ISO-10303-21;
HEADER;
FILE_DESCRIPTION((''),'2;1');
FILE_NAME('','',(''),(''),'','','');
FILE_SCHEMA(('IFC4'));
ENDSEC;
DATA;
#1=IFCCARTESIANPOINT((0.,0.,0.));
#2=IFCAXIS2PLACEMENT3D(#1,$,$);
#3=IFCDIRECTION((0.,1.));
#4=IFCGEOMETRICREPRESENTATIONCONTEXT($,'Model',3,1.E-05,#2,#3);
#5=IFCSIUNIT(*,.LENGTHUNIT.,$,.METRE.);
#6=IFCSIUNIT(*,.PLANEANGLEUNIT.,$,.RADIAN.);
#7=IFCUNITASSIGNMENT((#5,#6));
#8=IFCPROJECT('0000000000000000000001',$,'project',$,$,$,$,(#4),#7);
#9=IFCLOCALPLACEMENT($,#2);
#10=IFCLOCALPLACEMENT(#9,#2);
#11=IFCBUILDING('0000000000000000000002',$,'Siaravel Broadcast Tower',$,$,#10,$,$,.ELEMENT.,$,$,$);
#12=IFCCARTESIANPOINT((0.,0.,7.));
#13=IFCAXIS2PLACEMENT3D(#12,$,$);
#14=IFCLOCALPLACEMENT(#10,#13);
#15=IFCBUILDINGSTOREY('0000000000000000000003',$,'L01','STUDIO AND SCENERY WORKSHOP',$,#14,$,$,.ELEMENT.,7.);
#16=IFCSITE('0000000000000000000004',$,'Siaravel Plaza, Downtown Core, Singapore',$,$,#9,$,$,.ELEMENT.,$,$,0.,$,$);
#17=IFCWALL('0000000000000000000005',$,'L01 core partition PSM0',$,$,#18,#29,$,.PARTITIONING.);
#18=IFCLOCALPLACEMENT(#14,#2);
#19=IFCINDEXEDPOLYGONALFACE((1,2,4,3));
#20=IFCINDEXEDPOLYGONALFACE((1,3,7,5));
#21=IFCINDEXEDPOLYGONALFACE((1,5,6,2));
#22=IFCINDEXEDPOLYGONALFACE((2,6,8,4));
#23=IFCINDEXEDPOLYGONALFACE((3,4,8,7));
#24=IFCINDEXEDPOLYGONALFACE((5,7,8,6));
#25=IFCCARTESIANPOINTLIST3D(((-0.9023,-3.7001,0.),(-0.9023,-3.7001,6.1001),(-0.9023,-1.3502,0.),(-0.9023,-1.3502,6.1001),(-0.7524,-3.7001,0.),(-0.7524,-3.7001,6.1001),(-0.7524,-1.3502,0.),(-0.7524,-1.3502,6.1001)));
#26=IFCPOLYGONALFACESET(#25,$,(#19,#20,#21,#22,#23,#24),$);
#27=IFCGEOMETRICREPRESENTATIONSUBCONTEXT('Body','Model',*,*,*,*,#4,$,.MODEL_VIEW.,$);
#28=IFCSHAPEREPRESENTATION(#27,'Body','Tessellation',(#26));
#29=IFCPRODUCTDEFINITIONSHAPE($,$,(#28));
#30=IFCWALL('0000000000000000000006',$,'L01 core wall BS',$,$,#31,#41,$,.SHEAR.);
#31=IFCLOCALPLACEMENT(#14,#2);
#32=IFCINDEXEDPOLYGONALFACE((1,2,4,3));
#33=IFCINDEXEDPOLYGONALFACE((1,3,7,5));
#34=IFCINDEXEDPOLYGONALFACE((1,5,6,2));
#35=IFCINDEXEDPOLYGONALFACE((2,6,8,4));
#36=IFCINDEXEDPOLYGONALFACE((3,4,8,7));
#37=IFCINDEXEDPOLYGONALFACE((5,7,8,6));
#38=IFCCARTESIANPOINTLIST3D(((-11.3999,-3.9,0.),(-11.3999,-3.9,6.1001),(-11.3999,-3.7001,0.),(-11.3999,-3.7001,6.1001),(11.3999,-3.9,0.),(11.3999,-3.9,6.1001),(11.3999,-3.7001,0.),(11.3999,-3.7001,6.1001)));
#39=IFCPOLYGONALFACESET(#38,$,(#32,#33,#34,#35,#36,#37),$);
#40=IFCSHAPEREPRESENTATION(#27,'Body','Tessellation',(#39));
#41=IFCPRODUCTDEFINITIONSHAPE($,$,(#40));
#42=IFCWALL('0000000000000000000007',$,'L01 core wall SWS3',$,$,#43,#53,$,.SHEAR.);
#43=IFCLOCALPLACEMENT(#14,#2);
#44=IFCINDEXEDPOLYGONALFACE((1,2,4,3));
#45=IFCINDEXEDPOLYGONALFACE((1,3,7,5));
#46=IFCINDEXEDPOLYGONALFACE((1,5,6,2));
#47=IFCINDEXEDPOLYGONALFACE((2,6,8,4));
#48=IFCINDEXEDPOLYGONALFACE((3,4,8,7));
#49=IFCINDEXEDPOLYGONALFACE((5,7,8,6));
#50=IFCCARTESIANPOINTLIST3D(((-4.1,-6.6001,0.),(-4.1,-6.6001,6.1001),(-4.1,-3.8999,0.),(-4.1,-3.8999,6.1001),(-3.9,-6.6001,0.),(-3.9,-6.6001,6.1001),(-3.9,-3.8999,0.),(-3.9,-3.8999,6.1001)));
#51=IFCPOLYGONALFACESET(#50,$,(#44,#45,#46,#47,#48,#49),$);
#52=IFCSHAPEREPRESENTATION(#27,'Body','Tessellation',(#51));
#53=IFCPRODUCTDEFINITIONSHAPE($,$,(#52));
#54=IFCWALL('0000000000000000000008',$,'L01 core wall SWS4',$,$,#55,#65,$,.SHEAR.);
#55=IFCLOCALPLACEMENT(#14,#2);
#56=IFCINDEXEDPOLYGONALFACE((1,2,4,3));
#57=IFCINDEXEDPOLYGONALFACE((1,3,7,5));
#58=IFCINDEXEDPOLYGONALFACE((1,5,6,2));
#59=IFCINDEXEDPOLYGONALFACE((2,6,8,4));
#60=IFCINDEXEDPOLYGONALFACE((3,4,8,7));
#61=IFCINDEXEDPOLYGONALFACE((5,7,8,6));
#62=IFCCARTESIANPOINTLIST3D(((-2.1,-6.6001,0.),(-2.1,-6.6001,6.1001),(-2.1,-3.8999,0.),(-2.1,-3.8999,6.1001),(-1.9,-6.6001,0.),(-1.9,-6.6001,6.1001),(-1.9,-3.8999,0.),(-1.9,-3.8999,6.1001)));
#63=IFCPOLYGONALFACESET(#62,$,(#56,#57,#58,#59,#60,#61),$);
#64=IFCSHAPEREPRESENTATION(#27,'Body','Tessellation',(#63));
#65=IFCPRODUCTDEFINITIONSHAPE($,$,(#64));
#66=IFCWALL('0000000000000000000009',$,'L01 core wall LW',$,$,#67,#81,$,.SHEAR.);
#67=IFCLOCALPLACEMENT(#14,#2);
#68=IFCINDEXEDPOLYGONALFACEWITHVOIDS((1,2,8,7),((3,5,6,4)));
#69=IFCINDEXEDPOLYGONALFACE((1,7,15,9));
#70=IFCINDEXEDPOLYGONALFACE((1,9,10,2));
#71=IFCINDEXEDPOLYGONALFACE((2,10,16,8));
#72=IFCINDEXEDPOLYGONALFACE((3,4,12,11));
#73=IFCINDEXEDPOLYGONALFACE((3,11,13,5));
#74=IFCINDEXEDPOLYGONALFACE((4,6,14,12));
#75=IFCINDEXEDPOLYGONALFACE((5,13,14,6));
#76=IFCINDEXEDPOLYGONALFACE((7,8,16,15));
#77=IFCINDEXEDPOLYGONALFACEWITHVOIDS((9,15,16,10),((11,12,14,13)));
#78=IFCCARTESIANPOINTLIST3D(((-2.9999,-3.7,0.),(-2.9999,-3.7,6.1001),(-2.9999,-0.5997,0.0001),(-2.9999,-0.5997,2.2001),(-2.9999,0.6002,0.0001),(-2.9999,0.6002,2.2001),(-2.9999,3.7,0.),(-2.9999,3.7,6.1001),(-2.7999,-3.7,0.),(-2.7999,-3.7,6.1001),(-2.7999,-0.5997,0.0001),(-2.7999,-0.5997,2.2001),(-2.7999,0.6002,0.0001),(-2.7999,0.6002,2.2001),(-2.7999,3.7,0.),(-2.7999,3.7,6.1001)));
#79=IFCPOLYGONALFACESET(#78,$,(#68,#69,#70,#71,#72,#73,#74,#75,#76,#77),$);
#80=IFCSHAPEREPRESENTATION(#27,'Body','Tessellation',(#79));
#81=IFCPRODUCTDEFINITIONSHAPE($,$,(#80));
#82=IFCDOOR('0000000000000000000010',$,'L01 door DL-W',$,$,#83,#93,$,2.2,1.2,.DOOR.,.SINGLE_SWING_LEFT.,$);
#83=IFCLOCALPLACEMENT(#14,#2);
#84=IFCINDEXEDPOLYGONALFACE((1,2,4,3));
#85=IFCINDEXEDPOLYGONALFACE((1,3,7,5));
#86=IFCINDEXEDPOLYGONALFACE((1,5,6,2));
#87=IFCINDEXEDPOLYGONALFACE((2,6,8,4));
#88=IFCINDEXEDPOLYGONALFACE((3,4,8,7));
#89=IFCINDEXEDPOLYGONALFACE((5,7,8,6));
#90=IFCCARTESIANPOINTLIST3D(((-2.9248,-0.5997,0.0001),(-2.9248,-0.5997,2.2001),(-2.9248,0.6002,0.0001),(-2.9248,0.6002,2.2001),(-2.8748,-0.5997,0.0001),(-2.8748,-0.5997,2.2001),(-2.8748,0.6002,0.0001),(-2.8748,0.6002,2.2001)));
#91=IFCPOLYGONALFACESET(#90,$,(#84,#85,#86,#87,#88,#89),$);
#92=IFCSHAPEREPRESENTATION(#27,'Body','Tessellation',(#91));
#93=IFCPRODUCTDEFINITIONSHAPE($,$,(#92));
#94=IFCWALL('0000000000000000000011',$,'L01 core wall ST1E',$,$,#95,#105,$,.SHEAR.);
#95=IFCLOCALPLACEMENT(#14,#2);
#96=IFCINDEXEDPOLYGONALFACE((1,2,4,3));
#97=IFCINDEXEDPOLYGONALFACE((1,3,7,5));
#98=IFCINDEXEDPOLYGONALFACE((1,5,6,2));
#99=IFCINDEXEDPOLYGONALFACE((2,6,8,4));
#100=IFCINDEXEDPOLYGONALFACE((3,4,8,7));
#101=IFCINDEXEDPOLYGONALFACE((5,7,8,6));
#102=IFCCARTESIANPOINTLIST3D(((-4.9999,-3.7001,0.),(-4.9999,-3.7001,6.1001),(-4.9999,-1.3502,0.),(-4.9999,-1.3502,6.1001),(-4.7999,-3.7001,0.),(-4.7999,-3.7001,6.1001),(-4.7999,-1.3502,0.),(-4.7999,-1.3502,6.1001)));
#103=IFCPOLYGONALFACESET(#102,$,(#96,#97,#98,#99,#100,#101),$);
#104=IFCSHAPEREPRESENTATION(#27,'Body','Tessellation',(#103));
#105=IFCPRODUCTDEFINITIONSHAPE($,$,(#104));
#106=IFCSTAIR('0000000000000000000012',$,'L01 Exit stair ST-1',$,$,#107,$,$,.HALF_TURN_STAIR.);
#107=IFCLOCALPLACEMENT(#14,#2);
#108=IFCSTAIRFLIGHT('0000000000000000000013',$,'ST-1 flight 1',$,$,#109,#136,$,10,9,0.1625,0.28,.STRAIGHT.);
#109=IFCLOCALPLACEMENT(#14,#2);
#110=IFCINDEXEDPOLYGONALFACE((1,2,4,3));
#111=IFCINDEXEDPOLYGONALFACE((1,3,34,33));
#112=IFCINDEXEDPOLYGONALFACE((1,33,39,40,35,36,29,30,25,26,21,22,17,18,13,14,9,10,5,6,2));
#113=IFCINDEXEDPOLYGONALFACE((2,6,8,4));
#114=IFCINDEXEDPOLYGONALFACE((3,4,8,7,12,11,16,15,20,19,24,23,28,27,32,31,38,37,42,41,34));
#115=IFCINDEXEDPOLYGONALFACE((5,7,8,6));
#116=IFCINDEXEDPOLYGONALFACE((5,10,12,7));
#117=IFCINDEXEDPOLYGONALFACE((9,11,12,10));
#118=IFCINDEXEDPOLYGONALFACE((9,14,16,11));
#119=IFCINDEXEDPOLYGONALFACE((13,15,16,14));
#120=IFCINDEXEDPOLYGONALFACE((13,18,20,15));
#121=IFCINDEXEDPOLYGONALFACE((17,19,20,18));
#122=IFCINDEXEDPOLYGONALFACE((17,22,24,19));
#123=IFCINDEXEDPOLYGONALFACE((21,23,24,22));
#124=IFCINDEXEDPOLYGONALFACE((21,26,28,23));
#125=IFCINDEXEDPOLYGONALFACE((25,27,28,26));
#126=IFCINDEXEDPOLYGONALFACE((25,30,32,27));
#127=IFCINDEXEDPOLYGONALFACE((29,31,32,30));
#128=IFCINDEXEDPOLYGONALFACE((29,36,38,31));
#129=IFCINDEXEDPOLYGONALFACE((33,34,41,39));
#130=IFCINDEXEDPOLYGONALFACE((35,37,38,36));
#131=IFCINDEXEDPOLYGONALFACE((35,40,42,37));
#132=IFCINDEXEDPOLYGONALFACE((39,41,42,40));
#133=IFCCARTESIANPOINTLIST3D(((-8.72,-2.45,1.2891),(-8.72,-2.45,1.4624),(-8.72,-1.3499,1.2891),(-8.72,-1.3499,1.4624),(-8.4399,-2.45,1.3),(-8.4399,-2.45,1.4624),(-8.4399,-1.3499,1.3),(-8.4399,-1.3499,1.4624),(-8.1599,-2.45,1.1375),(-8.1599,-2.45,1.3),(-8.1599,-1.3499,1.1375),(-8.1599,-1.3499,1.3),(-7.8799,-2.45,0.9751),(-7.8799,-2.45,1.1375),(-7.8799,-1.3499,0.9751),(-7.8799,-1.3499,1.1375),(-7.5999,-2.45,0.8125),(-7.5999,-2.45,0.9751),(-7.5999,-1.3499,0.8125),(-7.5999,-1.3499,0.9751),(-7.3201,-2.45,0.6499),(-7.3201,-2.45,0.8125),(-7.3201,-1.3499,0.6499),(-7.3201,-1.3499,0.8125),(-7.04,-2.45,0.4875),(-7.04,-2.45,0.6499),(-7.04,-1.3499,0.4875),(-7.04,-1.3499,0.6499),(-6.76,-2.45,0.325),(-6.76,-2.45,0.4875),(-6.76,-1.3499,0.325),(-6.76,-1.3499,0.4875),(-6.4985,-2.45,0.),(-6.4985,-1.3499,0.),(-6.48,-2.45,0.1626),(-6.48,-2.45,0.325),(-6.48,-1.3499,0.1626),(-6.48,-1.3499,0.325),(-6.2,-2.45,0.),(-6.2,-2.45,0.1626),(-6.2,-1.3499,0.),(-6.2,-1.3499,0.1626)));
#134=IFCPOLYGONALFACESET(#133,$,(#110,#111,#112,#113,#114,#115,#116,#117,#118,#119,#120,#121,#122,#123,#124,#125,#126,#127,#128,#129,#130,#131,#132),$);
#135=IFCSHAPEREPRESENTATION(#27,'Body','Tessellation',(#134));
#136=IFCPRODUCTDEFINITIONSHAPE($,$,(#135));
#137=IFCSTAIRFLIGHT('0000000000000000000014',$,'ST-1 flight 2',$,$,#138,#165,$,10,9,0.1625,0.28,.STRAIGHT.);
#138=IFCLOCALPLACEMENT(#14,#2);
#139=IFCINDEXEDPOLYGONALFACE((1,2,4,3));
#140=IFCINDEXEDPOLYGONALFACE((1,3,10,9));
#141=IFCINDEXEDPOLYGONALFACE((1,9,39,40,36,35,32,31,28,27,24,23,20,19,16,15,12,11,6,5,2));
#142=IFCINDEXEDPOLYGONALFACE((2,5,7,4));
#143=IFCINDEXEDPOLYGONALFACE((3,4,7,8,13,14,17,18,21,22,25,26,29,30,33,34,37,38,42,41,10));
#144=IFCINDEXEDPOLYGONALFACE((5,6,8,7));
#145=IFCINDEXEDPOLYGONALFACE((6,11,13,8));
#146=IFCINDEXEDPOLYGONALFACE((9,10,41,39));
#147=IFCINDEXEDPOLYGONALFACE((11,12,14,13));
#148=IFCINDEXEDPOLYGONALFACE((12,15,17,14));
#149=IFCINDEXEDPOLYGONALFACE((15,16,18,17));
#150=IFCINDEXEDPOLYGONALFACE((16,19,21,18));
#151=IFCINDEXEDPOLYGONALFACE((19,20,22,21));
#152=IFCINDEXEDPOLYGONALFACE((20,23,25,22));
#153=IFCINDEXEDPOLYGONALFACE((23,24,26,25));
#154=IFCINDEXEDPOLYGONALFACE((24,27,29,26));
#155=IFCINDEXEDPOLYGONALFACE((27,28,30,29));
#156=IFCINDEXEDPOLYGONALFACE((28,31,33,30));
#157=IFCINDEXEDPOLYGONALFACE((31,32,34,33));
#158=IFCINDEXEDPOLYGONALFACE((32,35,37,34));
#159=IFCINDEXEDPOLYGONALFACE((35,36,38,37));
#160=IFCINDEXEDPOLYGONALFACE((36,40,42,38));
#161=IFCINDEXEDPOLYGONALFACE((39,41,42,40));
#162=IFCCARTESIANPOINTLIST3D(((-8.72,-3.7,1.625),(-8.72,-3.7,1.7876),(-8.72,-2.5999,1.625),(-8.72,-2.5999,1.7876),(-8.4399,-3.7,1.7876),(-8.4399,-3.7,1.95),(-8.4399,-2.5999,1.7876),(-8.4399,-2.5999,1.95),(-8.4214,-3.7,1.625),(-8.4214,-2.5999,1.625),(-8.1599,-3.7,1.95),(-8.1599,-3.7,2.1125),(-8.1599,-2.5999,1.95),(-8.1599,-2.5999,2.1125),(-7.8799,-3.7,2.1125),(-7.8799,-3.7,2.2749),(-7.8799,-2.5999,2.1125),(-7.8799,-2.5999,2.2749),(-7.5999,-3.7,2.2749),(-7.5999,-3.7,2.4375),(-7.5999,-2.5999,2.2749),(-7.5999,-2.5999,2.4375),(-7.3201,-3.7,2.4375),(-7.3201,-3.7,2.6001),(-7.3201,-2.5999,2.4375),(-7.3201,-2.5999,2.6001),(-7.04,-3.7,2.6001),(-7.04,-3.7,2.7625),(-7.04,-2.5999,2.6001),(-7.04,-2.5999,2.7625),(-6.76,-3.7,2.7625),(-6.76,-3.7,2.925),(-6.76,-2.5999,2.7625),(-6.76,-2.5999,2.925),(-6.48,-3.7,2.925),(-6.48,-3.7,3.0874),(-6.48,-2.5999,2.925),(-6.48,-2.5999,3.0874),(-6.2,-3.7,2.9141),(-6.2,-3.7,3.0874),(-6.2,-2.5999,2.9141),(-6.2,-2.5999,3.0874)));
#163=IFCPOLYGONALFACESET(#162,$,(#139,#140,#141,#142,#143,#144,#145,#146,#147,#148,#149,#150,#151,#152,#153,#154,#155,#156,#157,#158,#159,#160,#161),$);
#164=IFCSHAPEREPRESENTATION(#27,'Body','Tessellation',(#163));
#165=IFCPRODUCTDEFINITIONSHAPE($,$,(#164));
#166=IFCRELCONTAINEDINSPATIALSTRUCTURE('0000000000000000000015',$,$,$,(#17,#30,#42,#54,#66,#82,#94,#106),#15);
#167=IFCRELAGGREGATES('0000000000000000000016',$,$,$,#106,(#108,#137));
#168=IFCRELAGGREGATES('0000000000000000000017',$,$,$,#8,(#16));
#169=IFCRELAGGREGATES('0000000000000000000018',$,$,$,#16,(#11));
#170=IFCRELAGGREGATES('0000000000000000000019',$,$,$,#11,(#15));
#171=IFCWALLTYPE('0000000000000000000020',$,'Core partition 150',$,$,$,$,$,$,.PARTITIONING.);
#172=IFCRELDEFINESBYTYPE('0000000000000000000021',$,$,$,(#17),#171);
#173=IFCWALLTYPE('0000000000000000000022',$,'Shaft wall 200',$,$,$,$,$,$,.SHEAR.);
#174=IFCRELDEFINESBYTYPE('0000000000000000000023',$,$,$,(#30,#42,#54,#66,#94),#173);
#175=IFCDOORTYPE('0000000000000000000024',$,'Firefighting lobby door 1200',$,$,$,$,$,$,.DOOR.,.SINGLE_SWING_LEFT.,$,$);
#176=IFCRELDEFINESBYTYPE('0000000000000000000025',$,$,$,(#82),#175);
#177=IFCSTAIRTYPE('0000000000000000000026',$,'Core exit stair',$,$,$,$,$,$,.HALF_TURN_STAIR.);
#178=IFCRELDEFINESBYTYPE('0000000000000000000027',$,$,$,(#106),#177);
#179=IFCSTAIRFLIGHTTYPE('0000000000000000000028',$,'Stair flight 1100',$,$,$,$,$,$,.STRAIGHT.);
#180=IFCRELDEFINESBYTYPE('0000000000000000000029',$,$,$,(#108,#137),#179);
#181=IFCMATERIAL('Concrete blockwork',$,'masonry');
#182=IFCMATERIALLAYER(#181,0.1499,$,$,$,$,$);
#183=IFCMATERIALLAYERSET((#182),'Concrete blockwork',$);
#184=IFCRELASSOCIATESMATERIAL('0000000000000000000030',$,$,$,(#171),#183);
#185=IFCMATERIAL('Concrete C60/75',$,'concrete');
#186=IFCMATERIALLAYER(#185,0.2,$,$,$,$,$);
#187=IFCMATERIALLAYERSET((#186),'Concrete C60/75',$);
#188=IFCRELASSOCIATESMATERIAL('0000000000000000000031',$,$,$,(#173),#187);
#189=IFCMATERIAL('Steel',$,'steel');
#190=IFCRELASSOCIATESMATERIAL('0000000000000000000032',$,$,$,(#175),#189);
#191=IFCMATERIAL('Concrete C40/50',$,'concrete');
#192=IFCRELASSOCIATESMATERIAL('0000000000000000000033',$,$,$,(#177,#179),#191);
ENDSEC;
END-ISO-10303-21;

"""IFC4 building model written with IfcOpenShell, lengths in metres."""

from ifc_helpers import new_model, si_unit, direction, frame, frame_2d, origin, place, context, subcontext, project, spatial, polyline, rectangle, outline, extrude, material, layer, layer_set, type_object, element, fill, aggregate, save


model = new_model("IFC4")

# Units and contexts
model_context = context("Model", 3, precision=1e-05, world=origin(), true_north=direction((0.0, 1.0)))
body_context = subcontext(model_context, "Body", "Model", "MODEL_VIEW")
ifc_project = project(units=[si_unit("LENGTHUNIT", "METRE"), si_unit("PLANEANGLEUNIT", "RADIAN")], contexts=[model_context])

# Site, building, storey
site_placement = place(None, origin())
site = spatial("IfcSite", under=ifc_project, at=site_placement, Name="Siaravel Plaza, Downtown Core, Singapore", CompositionType="ELEMENT", RefElevation=0.0)
building_placement = place(site_placement, origin())
building = spatial("IfcBuilding", under=site, at=building_placement, Name="Siaravel Broadcast Tower", CompositionType="ELEMENT")
storey_placement = place(building_placement, frame((0.0, 0.0, 7.0)))
storey = spatial("IfcBuildingStorey", under=building, at=storey_placement, Name="L01", Description="STUDIO AND SCENERY WORKSHOP", CompositionType="ELEMENT", Elevation=7.0)

# Walls
ifc_material_1 = material(Name="Concrete blockwork", Category="masonry")
ifc_layer_1 = layer(ifc_material_1, 0.1499)
ifc_layer_set_1 = layer_set([ifc_layer_1], Name="Concrete blockwork")
wall_type_1 = type_object("IfcWallType", Name="Core partition 150", PredefinedType="PARTITIONING", material=ifc_layer_set_1)
wall_1_placement = place(storey_placement, frame((-0.8274, -3.7, 0.0), z_axis=(0.0, 0.0, 1.0), x_axis=(0.0, 1.0, 0.0)))
element("IfcWall", 1, at=wall_1_placement, inside=storey, type_object=wall_type_1, Name="L01 core partition PSM0", PredefinedType="PARTITIONING", context=body_context, shape_type="SweptSolid", body=[
    extrude(rectangle(XDim=2.3499, YDim=0.1499, at=frame_2d((1.1748, 0.0))), origin(), (0.0, 0.0, 1.0), 6.1001),
])
ifc_material_2 = material(Name="Concrete C60/75", Category="concrete")
ifc_layer_2 = layer(ifc_material_2, 0.2)
ifc_layer_set_2 = layer_set([ifc_layer_2], Name="Concrete C60/75")
wall_type_2 = type_object("IfcWallType", Name="Shaft wall 200", PredefinedType="SHEAR", material=ifc_layer_set_2)
wall_2_placement = place(storey_placement, frame((-11.3999, -3.8, 0.0), z_axis=(0.0, 0.0, 1.0), x_axis=(1.0, 0.0, 0.0)))
element("IfcWall", 2, at=wall_2_placement, inside=storey, type_object=wall_type_2, Name="L01 core wall BS", PredefinedType="SHEAR", context=body_context, shape_type="SweptSolid", body=[
    extrude(rectangle(XDim=22.7998, YDim=0.2, at=frame_2d((11.3999, 0.0))), origin(), (0.0, 0.0, 1.0), 6.1001),
])
for number, where, z_axis, x_axis, name in (
    (3, (-4.0, -6.6001, 0.0), (0.0, 0.0, 1.0), (0.0, 1.0, 0.0), "L01 core wall SWS3"),
    (4, (-2.0, -6.6001, 0.0), (0.0, 0.0, 1.0), (0.0, 1.0, 0.0), "L01 core wall SWS4"),
):
    element("IfcWall", number, at=place(storey_placement, frame(where, z_axis=z_axis, x_axis=x_axis)), inside=storey, type_object=wall_type_2, Name=name, PredefinedType="SHEAR", context=body_context, shape_type="SweptSolid", body=[
        extrude(rectangle(XDim=2.7002, YDim=0.2, at=frame_2d((1.3501, 0.0))), origin(), (0.0, 0.0, 1.0), 6.1001),
    ])

# Wall, opening, door
wall_3_placement = place(storey_placement, frame((-2.8999, -3.7, 0.0), z_axis=(0.0, 0.0, 1.0), x_axis=(0.0, 1.0, 0.0)))
wall_3 = element("IfcWall", 5, at=wall_3_placement, inside=storey, type_object=wall_type_2, Name="L01 core wall LW", PredefinedType="SHEAR", context=body_context, shape_type="SweptSolid", body=[
    extrude(rectangle(XDim=7.3999, YDim=0.2, at=frame_2d((3.7, 0.0))), origin(), (0.0, 0.0, 1.0), 6.1001),
])
opening_placement = place(wall_3_placement, frame((3.1001, 0.0, 0.0)))
opening = element("IfcOpeningElement", 6, at=opening_placement, cuts=wall_3, PredefinedType="OPENING", context=body_context, shape_type="SweptSolid", body=[
    extrude(rectangle(XDim=1.2, YDim=2.2, at=frame_2d((0.6001, 1.1001))), frame((0.0, 0.1099, 0.0), z_axis=(0.0, -1.0, 0.0), x_axis=(1.0, 0.0, 0.0)), (0.0, 0.0, 1.0), 0.22),
])
ifc_material_3 = material(Name="Steel", Category="steel")
door_type = type_object("IfcDoorType", Name="Firefighting lobby door 1200", OperationType="SINGLE_SWING_LEFT", PredefinedType="DOOR", material=ifc_material_3)
door_placement = place(opening_placement, origin())
door = element("IfcDoor", 7, at=door_placement, inside=storey, type_object=door_type, Name="L01 door DL-W", OperationType="SINGLE_SWING_LEFT", OverallHeight=2.2, OverallWidth=1.2, PredefinedType="DOOR", context=body_context, shape_type="SweptSolid", body=[
    extrude(rectangle(XDim=1.2, YDim=2.2, at=frame_2d((0.6001, 1.1001))), frame((0.0, 0.0249, 0.0), z_axis=(0.0, -1.0, 0.0), x_axis=(1.0, 0.0, 0.0)), (0.0, 0.0, 1.0), 0.05),
])
fill(opening, door)

# Wall
wall_4_placement = place(storey_placement, frame((-4.8999, -3.7, 0.0), z_axis=(0.0, 0.0, 1.0), x_axis=(0.0, 1.0, 0.0)))
element("IfcWall", 8, at=wall_4_placement, inside=storey, type_object=wall_type_2, Name="L01 core wall ST1E", PredefinedType="SHEAR", context=body_context, shape_type="SweptSolid", body=[
    extrude(rectangle(XDim=2.3499, YDim=0.2, at=frame_2d((1.1748, 0.0))), origin(), (0.0, 0.0, 1.0), 6.1001),
])

# Stair, stair flights
ifc_material_4 = material(Name="Concrete C40/50", Category="concrete")
stair_type = type_object("IfcStairType", Name="Core exit stair", PredefinedType="HALF_TURN_STAIR", material=ifc_material_4)
stair_placement = place(storey_placement, origin())
stair = element("IfcStair", 9, at=stair_placement, inside=storey, type_object=stair_type, Name="L01 Exit stair ST-1", PredefinedType="HALF_TURN_STAIR")
stair_flight_type = type_object("IfcStairFlightType", Name="Stair flight 1100", PredefinedType="STRAIGHT", material=ifc_material_4)
stair_flight_1_placement = place(storey_placement, frame((-6.2, -1.8999, 0.0), z_axis=(0.0, 0.0, 1.0), x_axis=(-1.0, 0.0, 0.0)))
stair_flight_1 = element("IfcStairFlight", 10, at=stair_flight_1_placement, type_object=stair_flight_type, Name="ST-1 flight 1", NumberOfRisers=10, NumberOfTreads=9, PredefinedType="STRAIGHT", RiserHeight=0.1625, TreadLength=0.28, context=body_context, shape_type="SweptSolid", body=[
    extrude(outline(polyline([(0.0, 0.0), (0.0, 0.1626), (0.28, 0.1626), (0.28, 0.325), (0.5601, 0.325), (0.5601, 0.4875), (0.8401, 0.4875), (0.8401, 0.6499), (1.1201, 0.6499), (1.1201, 0.8125), (1.3999, 0.8125), (1.3999, 0.9751), (1.6799, 0.9751), (1.6799, 1.1375), (1.96, 1.1375), (1.96, 1.3), (2.24, 1.3), (2.24, 1.4624), (2.52, 1.4624), (2.52, 1.625), (2.52, 1.2891), (0.2986, 0.0), (0.0, 0.0)])), frame((0.0, 0.55, 0.0), z_axis=(0.0, -1.0, 0.0), x_axis=(1.0, 0.0, 0.0)), (0.0, 0.0, 1.0), 1.1001),
])
stair_flight_2_placement = place(storey_placement, frame((-8.72, -3.1499, 1.625), z_axis=(0.0, 0.0, 1.0), x_axis=(1.0, 0.0, 0.0)))
stair_flight_2 = element("IfcStairFlight", 11, at=stair_flight_2_placement, type_object=stair_flight_type, Name="ST-1 flight 2", NumberOfRisers=10, NumberOfTreads=9, PredefinedType="STRAIGHT", RiserHeight=0.1625, TreadLength=0.28, context=body_context, shape_type="SweptSolid", body=[
    extrude(outline(polyline([(0.0, 0.0), (0.0, 0.1626), (0.28, 0.1626), (0.28, 0.325), (0.5601, 0.325), (0.5601, 0.4875), (0.8401, 0.4875), (0.8401, 0.6499), (1.1201, 0.6499), (1.1201, 0.8125), (1.3999, 0.8125), (1.3999, 0.9751), (1.6799, 0.9751), (1.6799, 1.1375), (1.96, 1.1375), (1.96, 1.3), (2.24, 1.3), (2.24, 1.4624), (2.52, 1.4624), (2.52, 1.625), (2.52, 1.2891), (0.2986, 0.0), (0.0, 0.0)])), frame((0.0, 0.55, 0.0), z_axis=(0.0, -1.0, 0.0), x_axis=(1.0, 0.0, 0.0)), (0.0, 0.0, 1.0), 1.1001),
])
aggregate(stair, [stair_flight_1, stair_flight_2])

save(model, "model.ifc")
